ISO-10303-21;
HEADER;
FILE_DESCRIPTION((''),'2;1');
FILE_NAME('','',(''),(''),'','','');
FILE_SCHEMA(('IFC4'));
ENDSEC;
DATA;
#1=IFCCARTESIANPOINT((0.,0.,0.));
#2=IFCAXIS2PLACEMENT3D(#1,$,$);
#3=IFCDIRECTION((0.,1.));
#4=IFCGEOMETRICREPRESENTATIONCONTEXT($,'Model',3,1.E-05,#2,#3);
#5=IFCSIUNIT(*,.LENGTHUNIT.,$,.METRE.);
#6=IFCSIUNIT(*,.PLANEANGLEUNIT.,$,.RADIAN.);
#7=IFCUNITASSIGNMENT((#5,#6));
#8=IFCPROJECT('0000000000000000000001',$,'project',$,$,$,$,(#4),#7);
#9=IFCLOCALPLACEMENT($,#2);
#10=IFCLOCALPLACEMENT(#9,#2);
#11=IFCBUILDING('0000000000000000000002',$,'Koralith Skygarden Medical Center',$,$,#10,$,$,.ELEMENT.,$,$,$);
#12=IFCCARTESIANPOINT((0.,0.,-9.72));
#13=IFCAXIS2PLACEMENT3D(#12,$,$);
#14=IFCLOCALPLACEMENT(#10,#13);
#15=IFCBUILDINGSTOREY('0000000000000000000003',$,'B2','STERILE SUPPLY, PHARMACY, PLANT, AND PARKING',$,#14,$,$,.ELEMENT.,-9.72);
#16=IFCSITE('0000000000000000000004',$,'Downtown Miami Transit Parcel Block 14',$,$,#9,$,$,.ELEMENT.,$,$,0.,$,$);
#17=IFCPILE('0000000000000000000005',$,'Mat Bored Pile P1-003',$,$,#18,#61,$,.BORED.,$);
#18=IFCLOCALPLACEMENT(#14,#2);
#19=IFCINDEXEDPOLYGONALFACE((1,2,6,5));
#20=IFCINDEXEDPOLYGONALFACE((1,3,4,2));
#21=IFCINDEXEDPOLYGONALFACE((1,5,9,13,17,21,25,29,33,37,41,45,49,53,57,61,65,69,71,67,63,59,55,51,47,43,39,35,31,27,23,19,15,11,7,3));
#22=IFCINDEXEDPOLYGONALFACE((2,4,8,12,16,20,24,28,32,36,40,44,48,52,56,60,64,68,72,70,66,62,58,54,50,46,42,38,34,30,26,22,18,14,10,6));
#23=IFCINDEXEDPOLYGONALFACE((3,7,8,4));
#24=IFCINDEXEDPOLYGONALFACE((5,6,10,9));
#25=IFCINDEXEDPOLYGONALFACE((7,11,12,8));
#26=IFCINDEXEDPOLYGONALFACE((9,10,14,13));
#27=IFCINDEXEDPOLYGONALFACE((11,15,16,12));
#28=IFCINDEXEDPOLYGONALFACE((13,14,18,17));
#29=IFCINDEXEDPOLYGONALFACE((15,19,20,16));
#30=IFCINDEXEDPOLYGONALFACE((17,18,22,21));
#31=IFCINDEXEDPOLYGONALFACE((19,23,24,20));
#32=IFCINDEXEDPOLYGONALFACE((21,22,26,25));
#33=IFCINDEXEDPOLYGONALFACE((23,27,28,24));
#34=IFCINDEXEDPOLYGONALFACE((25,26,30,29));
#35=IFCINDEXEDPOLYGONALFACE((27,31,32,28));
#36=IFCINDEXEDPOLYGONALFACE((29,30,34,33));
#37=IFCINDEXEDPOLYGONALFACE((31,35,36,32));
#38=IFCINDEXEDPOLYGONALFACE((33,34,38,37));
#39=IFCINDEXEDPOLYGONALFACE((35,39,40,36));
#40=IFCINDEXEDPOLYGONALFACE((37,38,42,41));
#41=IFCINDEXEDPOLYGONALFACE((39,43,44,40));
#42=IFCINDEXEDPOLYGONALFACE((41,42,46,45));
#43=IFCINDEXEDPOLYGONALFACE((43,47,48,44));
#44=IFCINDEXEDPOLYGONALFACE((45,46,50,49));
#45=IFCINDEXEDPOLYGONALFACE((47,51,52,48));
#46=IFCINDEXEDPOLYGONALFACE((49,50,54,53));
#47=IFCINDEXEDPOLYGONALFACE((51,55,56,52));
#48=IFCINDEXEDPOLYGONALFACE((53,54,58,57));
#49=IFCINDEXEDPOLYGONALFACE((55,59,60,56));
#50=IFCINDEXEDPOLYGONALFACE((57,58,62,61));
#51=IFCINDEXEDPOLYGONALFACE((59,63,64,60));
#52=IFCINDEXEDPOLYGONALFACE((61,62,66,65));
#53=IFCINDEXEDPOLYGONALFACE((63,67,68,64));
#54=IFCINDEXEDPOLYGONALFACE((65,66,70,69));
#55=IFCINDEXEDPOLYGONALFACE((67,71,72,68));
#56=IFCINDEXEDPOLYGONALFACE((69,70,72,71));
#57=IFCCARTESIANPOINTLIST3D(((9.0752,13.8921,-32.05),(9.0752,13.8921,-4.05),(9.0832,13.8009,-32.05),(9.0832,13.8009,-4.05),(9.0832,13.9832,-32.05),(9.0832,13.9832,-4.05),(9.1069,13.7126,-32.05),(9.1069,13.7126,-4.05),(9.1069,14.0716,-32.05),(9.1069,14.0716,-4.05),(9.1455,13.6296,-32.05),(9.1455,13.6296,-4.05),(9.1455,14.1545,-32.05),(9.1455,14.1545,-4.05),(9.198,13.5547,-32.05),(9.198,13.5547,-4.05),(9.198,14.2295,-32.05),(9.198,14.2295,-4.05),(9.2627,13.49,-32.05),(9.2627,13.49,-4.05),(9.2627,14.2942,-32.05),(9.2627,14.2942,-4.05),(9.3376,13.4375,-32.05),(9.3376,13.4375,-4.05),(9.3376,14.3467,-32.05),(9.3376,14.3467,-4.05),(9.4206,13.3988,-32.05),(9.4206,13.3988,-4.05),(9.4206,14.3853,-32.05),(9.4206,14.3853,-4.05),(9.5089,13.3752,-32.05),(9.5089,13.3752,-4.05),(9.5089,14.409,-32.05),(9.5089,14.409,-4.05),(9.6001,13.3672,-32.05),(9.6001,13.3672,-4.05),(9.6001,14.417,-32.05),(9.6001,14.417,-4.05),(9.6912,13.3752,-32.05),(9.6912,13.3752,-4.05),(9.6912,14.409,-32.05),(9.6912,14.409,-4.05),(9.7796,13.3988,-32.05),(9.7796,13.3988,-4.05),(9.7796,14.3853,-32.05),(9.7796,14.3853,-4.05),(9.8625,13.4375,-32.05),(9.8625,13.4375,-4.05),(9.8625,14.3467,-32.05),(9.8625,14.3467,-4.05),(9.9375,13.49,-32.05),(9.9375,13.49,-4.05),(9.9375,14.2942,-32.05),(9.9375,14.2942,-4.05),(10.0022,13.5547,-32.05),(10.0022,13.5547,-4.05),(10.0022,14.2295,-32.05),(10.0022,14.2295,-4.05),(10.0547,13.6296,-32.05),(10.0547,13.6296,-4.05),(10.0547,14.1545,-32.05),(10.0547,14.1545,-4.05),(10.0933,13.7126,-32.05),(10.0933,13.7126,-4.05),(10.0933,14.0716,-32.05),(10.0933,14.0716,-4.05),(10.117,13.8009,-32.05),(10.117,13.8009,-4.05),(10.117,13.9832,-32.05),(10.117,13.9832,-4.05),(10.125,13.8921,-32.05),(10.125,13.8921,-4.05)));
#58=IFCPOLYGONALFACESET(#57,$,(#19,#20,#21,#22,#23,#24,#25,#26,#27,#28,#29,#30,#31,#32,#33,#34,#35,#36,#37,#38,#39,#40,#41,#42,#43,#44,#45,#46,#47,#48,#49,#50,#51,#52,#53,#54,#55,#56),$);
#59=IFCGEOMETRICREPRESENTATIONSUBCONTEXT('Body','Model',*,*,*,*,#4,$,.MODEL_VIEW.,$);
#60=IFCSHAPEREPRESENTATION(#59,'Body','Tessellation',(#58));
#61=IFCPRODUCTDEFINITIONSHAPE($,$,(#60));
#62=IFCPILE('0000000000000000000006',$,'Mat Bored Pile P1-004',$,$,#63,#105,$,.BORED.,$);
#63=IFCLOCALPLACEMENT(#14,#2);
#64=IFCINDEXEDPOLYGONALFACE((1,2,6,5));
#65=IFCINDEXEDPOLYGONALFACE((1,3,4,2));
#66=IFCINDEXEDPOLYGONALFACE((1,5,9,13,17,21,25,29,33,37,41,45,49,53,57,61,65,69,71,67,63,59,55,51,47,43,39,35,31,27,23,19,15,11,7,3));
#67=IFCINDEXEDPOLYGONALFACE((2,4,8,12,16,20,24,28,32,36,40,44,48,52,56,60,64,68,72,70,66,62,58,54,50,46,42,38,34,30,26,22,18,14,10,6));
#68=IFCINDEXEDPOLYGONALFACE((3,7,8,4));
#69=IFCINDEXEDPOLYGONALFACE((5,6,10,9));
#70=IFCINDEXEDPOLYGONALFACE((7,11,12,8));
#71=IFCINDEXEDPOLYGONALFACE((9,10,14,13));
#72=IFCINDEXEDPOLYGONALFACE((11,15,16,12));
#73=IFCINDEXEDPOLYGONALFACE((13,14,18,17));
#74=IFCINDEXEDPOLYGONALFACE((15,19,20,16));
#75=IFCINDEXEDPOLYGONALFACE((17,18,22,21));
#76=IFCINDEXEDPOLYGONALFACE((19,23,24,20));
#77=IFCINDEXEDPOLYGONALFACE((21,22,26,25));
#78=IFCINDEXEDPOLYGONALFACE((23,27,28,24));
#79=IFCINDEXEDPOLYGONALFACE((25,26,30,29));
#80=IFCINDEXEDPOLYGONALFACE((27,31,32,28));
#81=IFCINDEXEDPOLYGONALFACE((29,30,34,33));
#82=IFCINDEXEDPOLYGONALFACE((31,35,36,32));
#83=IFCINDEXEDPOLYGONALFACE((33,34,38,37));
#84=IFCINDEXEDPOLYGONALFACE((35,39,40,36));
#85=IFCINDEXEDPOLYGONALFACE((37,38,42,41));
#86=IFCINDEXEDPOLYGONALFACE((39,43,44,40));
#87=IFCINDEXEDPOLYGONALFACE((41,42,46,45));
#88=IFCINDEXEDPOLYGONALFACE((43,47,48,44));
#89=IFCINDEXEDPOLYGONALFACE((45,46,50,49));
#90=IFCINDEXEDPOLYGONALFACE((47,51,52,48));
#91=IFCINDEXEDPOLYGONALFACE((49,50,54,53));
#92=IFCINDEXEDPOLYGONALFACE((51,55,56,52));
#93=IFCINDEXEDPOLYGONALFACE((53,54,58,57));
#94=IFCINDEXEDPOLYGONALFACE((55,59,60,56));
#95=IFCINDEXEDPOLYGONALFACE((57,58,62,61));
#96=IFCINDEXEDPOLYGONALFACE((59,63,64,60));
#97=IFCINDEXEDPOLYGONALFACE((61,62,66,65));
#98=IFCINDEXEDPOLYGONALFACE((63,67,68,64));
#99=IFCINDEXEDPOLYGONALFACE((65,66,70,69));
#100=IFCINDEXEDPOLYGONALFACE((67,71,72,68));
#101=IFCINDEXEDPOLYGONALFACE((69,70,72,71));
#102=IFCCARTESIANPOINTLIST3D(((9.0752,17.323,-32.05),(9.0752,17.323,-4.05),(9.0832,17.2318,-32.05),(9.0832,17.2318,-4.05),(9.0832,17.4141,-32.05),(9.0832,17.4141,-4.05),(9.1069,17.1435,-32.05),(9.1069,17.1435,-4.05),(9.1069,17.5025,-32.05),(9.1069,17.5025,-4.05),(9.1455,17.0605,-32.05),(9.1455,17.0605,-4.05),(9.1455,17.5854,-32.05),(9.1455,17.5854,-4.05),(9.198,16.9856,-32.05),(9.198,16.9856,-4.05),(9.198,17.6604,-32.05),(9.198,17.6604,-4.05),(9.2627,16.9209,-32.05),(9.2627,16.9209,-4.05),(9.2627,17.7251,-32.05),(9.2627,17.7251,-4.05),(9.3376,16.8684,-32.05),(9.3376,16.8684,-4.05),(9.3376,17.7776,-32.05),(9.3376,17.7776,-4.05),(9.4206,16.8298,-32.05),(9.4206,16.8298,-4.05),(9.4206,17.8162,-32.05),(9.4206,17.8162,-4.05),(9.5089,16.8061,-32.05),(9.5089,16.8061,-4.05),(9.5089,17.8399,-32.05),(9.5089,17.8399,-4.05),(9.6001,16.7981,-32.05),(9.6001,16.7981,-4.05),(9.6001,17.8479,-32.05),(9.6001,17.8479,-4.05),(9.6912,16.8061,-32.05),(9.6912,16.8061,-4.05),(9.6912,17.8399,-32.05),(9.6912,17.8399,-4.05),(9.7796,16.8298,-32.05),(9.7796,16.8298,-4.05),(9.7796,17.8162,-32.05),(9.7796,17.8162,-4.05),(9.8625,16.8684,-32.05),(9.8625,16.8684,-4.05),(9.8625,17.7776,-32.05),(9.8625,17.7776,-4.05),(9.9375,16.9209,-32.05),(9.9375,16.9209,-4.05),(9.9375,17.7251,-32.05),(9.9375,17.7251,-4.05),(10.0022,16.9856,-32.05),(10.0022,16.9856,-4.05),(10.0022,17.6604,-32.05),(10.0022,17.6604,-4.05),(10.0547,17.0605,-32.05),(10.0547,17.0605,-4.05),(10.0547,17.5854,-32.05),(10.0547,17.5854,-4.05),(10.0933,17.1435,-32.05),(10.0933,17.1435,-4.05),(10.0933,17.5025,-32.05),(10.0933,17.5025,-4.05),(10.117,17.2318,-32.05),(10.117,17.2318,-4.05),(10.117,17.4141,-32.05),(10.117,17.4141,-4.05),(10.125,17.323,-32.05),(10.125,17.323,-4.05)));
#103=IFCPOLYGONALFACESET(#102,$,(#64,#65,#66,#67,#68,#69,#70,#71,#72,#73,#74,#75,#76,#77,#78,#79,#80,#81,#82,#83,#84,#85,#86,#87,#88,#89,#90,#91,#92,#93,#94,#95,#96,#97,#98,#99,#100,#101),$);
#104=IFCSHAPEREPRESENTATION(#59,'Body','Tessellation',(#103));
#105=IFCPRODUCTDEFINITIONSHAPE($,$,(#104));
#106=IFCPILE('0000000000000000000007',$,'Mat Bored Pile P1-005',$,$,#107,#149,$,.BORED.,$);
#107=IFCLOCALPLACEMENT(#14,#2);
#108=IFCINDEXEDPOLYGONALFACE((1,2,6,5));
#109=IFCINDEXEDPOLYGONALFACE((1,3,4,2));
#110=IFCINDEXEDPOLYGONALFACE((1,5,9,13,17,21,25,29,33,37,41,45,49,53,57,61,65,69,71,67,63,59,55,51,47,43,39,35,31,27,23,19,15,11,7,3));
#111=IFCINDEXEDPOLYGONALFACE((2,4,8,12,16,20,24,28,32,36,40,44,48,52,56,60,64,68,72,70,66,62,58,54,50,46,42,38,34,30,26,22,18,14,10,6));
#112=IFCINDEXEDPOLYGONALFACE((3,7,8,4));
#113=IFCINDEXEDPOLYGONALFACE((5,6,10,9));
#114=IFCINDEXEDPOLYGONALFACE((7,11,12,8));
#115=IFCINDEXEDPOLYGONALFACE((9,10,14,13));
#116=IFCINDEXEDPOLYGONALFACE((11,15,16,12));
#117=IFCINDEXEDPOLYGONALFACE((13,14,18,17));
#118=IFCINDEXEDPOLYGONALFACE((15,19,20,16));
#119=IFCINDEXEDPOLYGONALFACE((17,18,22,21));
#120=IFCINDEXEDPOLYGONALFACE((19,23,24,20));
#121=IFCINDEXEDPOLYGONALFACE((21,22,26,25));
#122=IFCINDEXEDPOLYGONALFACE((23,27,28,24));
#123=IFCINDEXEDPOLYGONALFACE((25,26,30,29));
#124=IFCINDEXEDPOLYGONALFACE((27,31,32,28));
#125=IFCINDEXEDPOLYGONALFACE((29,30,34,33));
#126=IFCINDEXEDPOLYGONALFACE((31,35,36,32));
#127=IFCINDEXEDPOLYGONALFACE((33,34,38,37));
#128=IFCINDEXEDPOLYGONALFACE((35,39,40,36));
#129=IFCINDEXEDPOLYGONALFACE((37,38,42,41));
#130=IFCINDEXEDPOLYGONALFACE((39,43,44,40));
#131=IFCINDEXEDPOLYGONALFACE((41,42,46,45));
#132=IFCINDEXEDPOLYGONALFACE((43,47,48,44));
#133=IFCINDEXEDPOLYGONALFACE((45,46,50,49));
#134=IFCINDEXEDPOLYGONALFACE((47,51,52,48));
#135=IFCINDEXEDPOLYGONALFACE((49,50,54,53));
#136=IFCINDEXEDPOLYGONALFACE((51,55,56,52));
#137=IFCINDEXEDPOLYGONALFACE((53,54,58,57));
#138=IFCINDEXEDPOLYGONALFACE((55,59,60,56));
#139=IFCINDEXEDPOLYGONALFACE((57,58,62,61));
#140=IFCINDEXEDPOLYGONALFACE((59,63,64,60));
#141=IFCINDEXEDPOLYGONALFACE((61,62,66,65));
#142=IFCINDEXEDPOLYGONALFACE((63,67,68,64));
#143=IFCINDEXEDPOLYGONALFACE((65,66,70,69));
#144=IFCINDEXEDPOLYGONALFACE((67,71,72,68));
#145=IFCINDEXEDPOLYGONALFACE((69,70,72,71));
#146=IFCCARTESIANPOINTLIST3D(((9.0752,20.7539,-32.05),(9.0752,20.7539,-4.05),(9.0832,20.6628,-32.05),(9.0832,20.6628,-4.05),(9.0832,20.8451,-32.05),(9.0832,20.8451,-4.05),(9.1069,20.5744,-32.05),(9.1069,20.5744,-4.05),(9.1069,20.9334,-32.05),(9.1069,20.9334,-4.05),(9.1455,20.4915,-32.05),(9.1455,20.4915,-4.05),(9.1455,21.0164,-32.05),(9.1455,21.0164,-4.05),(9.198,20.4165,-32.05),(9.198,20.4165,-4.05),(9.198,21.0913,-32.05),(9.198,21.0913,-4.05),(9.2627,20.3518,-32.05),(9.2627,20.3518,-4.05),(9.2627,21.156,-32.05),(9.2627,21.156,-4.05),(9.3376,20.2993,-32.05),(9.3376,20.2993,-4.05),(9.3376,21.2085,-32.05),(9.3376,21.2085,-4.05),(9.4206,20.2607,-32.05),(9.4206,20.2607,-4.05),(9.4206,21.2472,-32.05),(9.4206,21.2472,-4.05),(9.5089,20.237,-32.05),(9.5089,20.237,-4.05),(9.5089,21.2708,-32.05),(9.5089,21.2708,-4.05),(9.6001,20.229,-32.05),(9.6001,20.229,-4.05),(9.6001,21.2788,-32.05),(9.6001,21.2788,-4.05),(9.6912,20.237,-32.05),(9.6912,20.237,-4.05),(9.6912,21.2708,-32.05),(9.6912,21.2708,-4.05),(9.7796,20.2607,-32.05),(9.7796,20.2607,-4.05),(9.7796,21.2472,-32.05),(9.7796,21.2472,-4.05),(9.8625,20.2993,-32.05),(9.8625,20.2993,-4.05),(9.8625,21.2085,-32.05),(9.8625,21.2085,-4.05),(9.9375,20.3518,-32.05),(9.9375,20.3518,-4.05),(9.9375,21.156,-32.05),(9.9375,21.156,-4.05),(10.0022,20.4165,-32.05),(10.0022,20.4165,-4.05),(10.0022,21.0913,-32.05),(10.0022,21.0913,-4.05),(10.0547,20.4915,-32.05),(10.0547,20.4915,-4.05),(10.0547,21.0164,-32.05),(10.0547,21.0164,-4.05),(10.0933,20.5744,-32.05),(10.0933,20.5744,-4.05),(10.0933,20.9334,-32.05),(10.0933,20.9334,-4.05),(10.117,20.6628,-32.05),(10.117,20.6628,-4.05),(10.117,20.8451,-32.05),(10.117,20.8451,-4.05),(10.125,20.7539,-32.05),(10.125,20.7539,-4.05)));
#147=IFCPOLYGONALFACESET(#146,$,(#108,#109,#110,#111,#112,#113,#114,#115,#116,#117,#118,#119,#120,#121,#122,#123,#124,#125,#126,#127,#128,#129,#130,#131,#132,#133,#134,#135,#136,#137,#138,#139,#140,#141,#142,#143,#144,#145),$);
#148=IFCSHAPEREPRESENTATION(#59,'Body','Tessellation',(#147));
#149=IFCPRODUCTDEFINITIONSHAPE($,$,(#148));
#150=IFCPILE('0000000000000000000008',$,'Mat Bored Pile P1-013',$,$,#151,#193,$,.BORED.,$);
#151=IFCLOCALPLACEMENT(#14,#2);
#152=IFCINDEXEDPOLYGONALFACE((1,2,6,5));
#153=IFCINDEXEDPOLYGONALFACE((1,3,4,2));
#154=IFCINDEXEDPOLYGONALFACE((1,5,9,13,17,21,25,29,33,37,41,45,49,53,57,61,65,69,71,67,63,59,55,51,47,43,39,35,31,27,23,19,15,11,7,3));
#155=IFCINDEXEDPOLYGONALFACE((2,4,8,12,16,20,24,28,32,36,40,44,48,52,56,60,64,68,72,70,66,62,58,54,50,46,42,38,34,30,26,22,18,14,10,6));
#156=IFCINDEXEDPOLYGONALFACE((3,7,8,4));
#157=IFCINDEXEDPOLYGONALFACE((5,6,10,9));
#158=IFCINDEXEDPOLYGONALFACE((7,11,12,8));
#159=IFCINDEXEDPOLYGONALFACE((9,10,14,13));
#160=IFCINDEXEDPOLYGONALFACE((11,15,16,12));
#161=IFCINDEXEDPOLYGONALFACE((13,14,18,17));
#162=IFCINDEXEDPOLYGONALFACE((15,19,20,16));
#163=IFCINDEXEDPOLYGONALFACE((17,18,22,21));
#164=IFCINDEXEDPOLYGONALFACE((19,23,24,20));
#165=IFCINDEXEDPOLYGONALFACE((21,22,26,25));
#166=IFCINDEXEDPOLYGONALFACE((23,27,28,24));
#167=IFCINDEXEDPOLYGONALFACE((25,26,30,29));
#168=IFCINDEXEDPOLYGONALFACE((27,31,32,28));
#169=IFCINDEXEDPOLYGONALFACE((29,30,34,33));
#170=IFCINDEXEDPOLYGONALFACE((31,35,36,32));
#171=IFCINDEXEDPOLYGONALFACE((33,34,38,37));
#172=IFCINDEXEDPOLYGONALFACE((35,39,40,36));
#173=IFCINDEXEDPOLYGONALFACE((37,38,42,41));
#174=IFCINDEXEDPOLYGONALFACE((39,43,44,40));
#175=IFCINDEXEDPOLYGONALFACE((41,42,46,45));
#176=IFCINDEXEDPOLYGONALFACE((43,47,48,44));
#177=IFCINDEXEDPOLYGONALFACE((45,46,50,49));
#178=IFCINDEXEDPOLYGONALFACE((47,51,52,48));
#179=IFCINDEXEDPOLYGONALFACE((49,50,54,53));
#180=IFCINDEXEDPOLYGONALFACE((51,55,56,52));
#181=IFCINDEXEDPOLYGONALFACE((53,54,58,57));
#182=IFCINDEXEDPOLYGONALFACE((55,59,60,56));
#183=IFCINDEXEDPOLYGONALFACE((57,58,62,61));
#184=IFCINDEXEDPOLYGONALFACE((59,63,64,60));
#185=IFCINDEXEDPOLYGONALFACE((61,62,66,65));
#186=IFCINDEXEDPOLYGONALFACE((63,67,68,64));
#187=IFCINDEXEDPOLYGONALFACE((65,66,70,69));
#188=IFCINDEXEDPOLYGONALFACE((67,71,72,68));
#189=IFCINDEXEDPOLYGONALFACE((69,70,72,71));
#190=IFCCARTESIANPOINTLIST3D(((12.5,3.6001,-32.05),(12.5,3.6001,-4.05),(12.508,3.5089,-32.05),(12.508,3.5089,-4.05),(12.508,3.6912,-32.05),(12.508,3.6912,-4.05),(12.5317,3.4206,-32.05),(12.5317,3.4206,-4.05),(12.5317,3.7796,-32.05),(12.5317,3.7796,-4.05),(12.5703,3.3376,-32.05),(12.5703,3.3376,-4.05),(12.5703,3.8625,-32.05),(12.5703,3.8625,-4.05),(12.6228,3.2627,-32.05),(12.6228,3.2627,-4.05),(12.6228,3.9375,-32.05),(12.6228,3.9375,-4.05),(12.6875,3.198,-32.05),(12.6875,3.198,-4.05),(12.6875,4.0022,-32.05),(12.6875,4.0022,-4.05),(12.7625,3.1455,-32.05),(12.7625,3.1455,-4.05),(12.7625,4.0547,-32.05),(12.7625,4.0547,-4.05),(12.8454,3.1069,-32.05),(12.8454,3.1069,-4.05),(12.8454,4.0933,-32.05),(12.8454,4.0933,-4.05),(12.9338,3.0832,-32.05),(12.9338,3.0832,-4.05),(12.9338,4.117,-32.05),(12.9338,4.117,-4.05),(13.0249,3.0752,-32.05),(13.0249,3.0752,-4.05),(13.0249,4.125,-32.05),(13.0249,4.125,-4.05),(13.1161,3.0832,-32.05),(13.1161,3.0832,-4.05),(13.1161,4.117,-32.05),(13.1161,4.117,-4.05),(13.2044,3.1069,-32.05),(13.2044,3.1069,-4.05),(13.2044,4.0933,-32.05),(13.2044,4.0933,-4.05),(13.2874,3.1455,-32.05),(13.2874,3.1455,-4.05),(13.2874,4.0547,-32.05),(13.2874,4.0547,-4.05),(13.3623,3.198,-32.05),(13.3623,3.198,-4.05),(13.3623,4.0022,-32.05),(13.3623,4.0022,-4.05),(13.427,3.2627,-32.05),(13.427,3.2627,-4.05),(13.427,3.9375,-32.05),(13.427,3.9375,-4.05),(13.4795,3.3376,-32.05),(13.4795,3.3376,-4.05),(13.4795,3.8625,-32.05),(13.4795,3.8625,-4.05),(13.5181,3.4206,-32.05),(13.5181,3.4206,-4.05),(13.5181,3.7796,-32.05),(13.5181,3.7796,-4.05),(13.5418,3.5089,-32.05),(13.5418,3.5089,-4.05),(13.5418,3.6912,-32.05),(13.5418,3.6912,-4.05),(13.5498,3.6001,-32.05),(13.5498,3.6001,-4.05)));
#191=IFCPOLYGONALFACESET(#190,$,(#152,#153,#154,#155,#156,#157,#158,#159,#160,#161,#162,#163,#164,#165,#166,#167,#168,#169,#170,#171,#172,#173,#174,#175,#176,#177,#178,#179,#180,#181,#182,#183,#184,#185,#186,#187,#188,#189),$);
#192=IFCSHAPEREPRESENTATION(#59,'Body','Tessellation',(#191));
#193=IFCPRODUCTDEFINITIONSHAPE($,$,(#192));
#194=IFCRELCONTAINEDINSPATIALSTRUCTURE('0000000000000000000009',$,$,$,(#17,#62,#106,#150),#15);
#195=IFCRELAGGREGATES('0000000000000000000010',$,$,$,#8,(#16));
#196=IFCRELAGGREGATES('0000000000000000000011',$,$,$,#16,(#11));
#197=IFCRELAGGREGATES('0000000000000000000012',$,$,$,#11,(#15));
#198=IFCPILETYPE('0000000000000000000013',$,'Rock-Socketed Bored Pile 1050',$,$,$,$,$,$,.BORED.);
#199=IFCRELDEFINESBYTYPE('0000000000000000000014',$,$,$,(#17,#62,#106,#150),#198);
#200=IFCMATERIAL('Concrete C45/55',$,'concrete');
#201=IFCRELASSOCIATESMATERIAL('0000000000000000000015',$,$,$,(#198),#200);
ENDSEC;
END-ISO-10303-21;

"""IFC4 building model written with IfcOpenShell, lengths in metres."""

from ifc_helpers import new_model, si_unit, direction, frame, origin, origin_2d, place, context, subcontext, project, spatial, circle, extrude, material, material_profile, profile_set, type_object, element, save


model = new_model("IFC4")

# Units and contexts
model_context = context("Model", 3, precision=1e-05, world=origin(), true_north=direction((0.0, 1.0)))
body_context = subcontext(model_context, "Body", "Model", "MODEL_VIEW")
ifc_project = project(units=[si_unit("LENGTHUNIT", "METRE"), si_unit("PLANEANGLEUNIT", "RADIAN")], contexts=[model_context])

# Site, building, storey
site_placement = place(None, origin())
site = spatial("IfcSite", under=ifc_project, at=site_placement, Name="Downtown Miami Transit Parcel Block 14", CompositionType="ELEMENT", RefElevation=0.0)
building_placement = place(site_placement, origin())
building = spatial("IfcBuilding", under=site, at=building_placement, Name="Koralith Skygarden Medical Center", CompositionType="ELEMENT")
storey_placement = place(building_placement, frame((0.0, 0.0, -9.72)))
storey = spatial("IfcBuildingStorey", under=building, at=storey_placement, Name="B2", Description="STERILE SUPPLY, PHARMACY, PLANT, AND PARKING", CompositionType="ELEMENT", Elevation=-9.72)

# Piles
ifc_material_1 = material(Name="Concrete C45/55", Category="concrete")
ifc_material_profile_1 = material_profile(ifc_material_1, circle(Radius=0.5249, at=origin_2d()), Name="PILE1050")
ifc_profile_set_1 = profile_set([ifc_material_profile_1], Name="Concrete C45/55")
pile_type = type_object("IfcPileType", Name="Rock-Socketed Bored Pile 1050", PredefinedType="BORED", material=ifc_profile_set_1)
for number, where, z_axis, x_axis, name in (
    (1, (9.6001, 13.8921, -4.05), (0.0, 0.0, -1.0), (1.0, 0.0, 0.0), "Mat Bored Pile P1-003"),
    (2, (9.6001, 17.323, -4.05), (0.0, 0.0, -1.0), (1.0, 0.0, 0.0), "Mat Bored Pile P1-004"),
    (3, (9.6001, 20.7539, -4.05), (0.0, 0.0, -1.0), (1.0, 0.0, 0.0), "Mat Bored Pile P1-005"),
    (4, (13.0249, 3.6001, -4.05), (0.0, 0.0, -1.0), (1.0, 0.0, 0.0), "Mat Bored Pile P1-013"),
):
    element("IfcPile", number, at=place(storey_placement, frame(where, z_axis=z_axis, x_axis=x_axis)), inside=storey, type_object=pile_type, Name=name, PredefinedType="BORED", context=body_context, shape_type="SweptSolid", body=[
        extrude(circle(Radius=0.5249, at=origin_2d()), origin(), (0.0, 0.0, 1.0), 28.0),
    ])

save(model, "model.ifc")
